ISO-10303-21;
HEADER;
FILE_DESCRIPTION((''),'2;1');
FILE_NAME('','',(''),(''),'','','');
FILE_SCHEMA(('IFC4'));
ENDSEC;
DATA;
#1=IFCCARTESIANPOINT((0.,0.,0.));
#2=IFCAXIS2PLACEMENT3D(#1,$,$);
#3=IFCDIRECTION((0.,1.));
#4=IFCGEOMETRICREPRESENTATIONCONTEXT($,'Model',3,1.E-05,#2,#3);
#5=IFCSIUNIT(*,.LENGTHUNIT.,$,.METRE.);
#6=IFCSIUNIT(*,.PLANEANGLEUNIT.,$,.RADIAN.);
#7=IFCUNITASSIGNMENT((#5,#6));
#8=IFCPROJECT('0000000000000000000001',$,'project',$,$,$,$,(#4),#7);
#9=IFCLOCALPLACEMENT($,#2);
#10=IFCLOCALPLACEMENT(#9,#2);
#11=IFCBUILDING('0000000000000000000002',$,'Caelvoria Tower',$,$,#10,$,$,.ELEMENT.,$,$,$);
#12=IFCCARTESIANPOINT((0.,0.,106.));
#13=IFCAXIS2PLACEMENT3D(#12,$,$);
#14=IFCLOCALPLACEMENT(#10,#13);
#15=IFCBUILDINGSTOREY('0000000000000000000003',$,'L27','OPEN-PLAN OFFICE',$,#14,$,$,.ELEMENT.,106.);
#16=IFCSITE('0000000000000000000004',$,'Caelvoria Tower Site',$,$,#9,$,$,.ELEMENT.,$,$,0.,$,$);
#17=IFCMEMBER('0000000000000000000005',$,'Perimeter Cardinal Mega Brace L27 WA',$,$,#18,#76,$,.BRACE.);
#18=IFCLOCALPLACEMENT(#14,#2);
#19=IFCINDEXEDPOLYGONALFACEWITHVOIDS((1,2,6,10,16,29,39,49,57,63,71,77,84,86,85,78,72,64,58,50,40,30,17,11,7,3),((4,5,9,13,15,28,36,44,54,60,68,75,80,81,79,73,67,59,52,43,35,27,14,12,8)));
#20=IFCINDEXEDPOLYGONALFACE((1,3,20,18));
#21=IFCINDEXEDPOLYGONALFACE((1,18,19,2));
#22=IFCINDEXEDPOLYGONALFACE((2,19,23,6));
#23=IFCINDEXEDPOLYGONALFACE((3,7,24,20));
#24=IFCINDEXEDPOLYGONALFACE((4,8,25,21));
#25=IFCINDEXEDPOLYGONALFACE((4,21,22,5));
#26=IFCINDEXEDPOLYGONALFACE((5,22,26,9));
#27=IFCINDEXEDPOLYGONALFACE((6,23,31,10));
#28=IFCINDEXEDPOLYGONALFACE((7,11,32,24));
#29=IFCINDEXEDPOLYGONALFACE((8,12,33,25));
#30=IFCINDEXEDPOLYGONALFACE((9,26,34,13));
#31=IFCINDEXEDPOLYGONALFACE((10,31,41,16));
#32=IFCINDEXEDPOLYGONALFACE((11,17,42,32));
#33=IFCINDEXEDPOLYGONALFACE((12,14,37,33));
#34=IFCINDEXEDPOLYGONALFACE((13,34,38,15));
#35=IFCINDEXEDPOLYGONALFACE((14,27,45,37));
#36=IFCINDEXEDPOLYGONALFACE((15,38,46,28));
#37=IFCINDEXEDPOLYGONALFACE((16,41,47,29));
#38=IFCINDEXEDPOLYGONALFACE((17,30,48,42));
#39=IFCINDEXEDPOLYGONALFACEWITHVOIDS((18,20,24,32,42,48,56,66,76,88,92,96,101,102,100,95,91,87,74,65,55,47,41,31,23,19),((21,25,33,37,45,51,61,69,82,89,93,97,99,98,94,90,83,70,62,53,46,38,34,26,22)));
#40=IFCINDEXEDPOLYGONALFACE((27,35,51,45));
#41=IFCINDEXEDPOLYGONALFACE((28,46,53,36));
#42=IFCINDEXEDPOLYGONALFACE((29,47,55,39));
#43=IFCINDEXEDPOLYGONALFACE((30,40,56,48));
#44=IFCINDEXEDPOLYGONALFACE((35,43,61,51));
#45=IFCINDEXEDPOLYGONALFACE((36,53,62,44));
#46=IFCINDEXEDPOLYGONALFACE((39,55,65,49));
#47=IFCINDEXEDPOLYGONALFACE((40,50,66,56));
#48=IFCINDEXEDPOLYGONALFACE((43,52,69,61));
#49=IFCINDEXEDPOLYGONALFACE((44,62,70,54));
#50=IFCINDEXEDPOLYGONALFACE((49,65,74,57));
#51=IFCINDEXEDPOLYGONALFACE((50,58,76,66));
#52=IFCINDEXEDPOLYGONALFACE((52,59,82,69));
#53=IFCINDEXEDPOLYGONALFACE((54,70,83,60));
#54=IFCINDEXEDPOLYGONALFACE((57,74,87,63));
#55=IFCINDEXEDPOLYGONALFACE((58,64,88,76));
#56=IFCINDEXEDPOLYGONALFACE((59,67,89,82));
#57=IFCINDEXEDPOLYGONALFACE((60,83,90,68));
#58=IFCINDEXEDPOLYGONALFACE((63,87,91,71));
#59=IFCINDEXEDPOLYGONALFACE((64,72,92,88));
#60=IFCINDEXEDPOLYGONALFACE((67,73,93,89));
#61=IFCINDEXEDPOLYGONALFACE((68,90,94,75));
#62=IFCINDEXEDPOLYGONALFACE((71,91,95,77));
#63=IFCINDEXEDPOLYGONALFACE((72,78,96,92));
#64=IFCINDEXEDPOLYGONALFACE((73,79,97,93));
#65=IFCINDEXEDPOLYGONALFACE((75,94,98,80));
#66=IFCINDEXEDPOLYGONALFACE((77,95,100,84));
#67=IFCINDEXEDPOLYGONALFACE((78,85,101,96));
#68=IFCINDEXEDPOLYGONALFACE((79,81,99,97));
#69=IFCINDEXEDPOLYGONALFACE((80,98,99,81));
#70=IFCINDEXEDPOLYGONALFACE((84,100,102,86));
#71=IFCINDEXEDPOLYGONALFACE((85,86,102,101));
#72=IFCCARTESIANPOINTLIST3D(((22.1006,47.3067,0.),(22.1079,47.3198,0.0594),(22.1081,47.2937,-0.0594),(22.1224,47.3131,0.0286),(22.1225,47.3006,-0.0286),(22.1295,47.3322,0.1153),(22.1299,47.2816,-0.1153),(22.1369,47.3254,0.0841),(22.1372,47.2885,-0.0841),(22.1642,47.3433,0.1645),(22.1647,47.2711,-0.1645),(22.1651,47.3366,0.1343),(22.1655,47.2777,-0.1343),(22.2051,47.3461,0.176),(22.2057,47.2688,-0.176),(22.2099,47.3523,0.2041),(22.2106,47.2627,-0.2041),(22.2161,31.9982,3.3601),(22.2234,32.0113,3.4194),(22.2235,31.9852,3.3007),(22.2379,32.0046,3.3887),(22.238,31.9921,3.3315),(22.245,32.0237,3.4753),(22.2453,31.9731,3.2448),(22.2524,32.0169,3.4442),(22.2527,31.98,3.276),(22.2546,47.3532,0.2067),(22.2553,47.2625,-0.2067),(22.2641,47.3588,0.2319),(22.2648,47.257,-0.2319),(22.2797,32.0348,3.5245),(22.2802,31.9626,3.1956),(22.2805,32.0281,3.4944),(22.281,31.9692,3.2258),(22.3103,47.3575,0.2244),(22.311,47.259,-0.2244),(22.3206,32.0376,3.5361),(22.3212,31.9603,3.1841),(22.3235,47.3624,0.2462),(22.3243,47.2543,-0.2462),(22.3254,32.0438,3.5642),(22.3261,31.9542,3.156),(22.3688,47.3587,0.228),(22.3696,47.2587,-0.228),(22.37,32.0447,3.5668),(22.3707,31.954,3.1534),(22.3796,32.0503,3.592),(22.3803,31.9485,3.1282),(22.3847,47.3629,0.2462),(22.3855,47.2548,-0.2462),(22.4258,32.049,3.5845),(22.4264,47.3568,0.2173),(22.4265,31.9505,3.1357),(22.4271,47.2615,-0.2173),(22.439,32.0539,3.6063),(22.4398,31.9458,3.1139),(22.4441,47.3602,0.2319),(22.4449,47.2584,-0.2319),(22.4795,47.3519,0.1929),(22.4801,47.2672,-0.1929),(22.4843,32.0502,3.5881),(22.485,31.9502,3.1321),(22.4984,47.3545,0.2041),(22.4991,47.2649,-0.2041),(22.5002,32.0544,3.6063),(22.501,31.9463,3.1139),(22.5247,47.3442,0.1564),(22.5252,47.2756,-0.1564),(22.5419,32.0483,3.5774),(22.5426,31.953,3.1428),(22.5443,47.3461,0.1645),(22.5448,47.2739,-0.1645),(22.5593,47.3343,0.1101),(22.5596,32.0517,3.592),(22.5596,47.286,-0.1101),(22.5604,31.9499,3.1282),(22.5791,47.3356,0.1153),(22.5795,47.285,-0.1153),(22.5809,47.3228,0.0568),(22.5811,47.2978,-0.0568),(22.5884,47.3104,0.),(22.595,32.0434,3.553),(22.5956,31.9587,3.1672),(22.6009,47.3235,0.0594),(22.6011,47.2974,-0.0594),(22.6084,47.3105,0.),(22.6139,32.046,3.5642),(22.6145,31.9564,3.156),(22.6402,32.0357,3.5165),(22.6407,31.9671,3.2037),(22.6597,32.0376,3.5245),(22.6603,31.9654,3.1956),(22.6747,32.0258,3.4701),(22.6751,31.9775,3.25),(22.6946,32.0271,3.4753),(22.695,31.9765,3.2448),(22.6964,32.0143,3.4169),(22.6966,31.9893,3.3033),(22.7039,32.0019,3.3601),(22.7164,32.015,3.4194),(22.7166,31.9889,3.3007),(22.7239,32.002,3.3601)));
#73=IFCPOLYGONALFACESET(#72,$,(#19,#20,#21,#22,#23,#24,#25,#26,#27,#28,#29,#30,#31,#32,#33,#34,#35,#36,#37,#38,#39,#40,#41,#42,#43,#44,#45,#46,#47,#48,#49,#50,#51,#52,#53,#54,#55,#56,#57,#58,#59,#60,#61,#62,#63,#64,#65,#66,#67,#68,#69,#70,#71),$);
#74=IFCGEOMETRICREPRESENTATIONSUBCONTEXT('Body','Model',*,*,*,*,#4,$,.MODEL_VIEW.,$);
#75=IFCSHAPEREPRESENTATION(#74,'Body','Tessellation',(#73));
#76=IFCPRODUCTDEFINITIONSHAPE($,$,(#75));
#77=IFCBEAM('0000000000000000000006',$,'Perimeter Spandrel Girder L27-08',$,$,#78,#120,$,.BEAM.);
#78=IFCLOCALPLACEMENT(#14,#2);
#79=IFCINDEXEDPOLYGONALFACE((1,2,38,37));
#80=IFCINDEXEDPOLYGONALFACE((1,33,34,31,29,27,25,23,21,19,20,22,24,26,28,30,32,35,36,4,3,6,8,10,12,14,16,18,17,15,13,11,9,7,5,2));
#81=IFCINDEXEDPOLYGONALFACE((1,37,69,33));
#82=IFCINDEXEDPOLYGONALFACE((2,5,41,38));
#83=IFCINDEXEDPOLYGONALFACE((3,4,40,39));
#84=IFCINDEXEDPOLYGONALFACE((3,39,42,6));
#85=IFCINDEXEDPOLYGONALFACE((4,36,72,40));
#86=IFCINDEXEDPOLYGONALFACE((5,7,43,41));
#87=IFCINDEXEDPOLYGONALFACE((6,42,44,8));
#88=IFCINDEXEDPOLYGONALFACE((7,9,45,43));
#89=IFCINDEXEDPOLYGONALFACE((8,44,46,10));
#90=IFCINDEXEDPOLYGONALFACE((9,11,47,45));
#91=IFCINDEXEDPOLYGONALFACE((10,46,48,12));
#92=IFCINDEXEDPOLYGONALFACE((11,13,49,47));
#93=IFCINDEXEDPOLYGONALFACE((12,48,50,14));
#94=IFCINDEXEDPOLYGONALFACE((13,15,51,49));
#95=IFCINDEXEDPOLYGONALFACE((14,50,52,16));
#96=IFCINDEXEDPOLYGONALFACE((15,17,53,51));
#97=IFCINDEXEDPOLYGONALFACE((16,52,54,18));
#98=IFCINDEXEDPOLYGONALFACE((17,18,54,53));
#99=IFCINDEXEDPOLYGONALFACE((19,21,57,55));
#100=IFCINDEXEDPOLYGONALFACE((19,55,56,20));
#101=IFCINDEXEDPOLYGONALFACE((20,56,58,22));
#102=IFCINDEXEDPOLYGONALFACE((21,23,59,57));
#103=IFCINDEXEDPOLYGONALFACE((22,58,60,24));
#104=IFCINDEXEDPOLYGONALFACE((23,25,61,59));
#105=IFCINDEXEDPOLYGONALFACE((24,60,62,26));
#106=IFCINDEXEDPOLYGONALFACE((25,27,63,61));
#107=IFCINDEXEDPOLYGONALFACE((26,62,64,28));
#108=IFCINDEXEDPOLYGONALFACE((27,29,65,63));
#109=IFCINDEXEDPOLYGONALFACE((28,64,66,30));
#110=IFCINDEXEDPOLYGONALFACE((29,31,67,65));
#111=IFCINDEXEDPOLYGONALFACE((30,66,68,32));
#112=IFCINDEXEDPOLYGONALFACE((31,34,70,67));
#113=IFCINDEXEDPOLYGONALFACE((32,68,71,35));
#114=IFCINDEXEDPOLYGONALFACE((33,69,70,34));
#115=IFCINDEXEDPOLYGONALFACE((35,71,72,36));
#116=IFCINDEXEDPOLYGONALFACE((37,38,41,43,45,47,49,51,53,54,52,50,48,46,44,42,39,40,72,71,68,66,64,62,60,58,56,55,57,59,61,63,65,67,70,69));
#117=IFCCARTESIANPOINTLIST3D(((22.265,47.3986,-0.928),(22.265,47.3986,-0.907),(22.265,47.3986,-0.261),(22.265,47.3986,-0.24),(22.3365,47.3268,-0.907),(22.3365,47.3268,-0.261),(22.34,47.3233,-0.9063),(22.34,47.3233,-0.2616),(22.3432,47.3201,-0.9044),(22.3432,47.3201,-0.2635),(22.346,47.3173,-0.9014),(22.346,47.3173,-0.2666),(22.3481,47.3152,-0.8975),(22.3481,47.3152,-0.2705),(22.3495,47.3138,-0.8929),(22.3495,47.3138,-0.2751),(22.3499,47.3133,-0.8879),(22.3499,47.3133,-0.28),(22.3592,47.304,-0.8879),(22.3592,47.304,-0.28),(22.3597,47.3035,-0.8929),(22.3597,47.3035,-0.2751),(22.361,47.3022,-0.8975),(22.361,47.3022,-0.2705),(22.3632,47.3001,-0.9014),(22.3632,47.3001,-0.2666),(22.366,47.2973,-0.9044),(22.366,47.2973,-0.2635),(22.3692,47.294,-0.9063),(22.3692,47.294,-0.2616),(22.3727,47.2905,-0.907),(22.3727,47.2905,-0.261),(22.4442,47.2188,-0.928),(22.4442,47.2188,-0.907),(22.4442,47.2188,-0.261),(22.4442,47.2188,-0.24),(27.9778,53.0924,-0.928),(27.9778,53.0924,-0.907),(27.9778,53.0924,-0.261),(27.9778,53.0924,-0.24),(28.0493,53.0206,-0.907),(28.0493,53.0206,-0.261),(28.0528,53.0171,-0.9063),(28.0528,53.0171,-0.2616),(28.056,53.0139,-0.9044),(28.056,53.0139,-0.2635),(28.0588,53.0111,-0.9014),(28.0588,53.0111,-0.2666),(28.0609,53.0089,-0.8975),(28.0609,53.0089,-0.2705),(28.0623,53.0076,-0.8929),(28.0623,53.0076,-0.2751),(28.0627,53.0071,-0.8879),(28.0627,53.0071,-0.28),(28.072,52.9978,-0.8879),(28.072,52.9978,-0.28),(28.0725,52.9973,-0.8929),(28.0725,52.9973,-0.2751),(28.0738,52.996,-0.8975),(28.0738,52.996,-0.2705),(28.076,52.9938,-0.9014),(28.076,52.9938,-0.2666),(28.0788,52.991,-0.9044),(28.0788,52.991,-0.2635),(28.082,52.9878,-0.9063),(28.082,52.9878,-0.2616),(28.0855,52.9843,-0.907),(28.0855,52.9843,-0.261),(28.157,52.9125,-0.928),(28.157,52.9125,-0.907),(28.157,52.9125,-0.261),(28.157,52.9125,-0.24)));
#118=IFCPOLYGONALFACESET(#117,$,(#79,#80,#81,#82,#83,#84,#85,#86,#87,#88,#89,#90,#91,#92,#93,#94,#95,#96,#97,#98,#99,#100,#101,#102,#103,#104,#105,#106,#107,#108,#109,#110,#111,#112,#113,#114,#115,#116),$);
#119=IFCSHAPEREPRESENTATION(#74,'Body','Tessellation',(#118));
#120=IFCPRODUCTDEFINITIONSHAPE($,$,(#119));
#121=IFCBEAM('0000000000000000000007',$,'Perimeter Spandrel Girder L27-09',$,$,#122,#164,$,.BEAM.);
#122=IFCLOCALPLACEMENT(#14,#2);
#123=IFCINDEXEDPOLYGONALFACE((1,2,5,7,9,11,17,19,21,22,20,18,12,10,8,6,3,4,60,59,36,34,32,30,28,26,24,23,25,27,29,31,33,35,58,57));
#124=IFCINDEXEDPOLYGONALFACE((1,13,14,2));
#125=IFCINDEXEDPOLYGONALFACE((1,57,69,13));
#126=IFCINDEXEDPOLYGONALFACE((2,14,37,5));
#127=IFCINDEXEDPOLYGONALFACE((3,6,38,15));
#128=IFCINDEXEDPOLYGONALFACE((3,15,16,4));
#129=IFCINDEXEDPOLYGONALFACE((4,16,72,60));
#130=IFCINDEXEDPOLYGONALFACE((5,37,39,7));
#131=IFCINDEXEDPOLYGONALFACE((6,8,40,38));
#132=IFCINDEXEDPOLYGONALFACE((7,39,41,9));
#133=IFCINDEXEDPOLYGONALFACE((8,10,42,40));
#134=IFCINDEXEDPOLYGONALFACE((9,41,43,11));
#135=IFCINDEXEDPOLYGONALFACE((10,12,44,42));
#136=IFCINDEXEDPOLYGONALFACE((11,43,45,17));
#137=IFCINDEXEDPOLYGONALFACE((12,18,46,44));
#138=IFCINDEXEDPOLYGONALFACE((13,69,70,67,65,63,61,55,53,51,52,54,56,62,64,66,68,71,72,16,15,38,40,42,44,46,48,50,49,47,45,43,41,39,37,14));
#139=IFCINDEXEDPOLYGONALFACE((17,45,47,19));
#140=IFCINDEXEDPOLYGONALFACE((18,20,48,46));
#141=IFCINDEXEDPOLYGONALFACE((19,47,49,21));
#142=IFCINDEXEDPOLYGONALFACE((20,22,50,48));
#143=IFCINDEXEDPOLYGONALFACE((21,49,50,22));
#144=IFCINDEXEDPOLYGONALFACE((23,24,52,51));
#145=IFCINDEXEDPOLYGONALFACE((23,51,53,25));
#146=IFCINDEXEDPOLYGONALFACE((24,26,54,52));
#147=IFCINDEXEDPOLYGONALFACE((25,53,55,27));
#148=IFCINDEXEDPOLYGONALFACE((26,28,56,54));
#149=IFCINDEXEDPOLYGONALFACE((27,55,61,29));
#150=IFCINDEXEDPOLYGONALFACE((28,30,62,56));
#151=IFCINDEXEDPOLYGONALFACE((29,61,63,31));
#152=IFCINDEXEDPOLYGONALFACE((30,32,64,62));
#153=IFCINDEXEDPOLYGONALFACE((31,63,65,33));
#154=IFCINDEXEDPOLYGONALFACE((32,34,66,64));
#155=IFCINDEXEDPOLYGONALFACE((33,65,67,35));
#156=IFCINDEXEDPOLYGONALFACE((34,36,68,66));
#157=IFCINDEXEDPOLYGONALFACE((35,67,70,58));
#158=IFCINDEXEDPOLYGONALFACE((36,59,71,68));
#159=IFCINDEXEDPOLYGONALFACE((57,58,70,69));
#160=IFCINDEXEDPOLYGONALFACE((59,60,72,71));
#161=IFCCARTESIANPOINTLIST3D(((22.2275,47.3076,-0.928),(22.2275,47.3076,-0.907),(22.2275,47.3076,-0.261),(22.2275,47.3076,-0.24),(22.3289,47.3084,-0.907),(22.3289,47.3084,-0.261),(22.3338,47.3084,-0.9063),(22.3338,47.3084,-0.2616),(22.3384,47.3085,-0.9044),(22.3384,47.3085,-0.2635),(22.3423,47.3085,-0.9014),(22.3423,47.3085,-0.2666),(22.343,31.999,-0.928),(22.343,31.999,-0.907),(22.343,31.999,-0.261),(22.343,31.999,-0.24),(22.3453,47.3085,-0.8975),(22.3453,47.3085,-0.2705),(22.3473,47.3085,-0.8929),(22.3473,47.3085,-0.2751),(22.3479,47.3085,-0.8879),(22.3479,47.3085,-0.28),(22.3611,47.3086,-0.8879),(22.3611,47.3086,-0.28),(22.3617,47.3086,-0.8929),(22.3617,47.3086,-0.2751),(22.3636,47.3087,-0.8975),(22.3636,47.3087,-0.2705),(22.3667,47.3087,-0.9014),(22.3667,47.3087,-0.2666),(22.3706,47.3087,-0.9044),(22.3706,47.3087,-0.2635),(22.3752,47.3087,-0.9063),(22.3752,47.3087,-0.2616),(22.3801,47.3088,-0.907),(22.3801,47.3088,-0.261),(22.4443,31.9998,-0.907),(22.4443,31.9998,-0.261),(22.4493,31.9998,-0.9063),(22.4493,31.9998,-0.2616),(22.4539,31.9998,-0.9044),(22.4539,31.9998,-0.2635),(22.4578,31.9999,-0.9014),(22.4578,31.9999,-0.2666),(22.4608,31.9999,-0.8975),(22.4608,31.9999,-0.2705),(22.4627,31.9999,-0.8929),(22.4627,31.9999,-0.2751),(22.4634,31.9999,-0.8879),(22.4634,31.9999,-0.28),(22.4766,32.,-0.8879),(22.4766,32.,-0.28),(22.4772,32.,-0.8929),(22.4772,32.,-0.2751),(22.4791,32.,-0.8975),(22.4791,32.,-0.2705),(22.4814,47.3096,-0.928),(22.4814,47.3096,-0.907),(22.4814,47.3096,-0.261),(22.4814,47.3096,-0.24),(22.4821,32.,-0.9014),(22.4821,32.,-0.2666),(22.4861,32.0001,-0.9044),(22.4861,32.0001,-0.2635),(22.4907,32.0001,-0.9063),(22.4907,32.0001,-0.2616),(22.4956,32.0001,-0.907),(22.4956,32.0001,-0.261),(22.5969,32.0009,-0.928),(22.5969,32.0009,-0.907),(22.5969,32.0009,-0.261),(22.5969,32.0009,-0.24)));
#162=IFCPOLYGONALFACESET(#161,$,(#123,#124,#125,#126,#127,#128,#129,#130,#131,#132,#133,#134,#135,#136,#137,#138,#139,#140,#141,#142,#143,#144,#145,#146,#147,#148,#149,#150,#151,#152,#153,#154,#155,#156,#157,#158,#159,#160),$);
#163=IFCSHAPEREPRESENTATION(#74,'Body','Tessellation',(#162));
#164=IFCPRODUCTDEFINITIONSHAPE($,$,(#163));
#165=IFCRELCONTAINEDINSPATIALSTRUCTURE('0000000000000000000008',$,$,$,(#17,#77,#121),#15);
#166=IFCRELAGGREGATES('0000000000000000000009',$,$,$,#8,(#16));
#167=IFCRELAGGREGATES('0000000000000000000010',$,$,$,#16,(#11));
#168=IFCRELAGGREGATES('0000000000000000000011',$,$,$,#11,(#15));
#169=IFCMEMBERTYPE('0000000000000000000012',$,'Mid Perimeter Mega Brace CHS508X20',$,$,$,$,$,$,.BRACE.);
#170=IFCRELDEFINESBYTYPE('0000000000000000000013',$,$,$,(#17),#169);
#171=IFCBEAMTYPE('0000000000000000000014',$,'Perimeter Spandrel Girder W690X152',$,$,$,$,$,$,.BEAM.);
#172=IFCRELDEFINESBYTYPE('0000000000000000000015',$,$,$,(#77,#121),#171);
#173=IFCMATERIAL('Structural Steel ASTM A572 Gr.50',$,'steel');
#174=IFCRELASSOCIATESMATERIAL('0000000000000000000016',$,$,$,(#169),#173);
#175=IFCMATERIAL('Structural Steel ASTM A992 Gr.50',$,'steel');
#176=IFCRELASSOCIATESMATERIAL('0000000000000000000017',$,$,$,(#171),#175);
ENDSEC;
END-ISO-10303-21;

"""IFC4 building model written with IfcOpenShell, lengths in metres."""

from ifc_helpers import new_model, si_unit, direction, frame, origin, origin_2d, place, context, subcontext, project, spatial, hollow_circle, i_section, extrude, material, material_profile, profile_set, type_object, element, save


model = new_model("IFC4")

# Units and contexts
model_context = context("Model", 3, precision=1e-05, world=origin(), true_north=direction((0.0, 1.0)))
body_context = subcontext(model_context, "Body", "Model", "MODEL_VIEW")
ifc_project = project(units=[si_unit("LENGTHUNIT", "METRE"), si_unit("PLANEANGLEUNIT", "RADIAN")], contexts=[model_context])

# Site, building, storey
site_placement = place(None, origin())
site = spatial("IfcSite", under=ifc_project, at=site_placement, Name="Caelvoria Tower Site", CompositionType="ELEMENT", RefElevation=0.0)
building_placement = place(site_placement, origin())
building = spatial("IfcBuilding", under=site, at=building_placement, Name="Caelvoria Tower", CompositionType="ELEMENT")
storey_placement = place(building_placement, frame((0.0, 0.0, 106.0)))
storey = spatial("IfcBuildingStorey", under=building, at=storey_placement, Name="L27", Description="OPEN-PLAN OFFICE", CompositionType="ELEMENT", Elevation=106.0)

# Shared definitions
ifc_material_1 = material(Name="Structural Steel ASTM A572 Gr.50", Category="steel")

# Shared definitions
ifc_material_2 = material(Name="Structural Steel ASTM A992 Gr.50", Category="steel")

# Member
ifc_material_profile_1 = material_profile(ifc_material_1, hollow_circle(Radius=0.2539, WallThickness=0.02, at=origin_2d()), Name="Structural Steel ASTM A572 Gr.50")
ifc_profile_set_1 = profile_set([ifc_material_profile_1], Name="CHS508X20 - Structural Steel ASTM A572 Gr.50")
member_type = type_object("IfcMemberType", Name="Mid Perimeter Mega Brace CHS508X20", PredefinedType="BRACE", material=ifc_profile_set_1)
member_1_placement = place(storey_placement, frame((22.3545, 47.3086, 0.0), z_axis=(0.007368, -0.976722, 0.214382), x_axis=(0.999972, 0.007543, 0.0)))
element("IfcMember", 1, at=member_1_placement, inside=storey, type_object=member_type, Name="Perimeter Cardinal Mega Brace L27 WA", PredefinedType="BRACE", context=body_context, shape_type="SweptSolid", body=[
    extrude(hollow_circle(Radius=0.2539, WallThickness=0.02, at=origin_2d()), origin(), (0.0, 0.0, 1.0), 15.6733),
])

# Beams
ifc_material_profile_2 = material_profile(ifc_material_2, i_section(OverallWidth=0.2539, OverallDepth=0.688, WebThickness=0.0132, FlangeThickness=0.021, FilletRadius=0.019, at=origin_2d()), Name="Structural Steel ASTM A992 Gr.50")
ifc_profile_set_2 = profile_set([ifc_material_profile_2], Name="W690X152 - Structural Steel ASTM A992 Gr.50")
beam_type_1 = type_object("IfcBeamType", Name="Perimeter Spandrel Girder W690X152", PredefinedType="BEAM", material=ifc_profile_set_2)
beam_1_placement = place(storey_placement, frame((28.0674, 53.0024, -0.584), z_axis=(-0.708286, -0.705925, 0.0), x_axis=(0.705925, -0.708286, 0.0)))
element("IfcBeam", 2, at=beam_1_placement, inside=storey, type_object=beam_type_1, Name="Perimeter Spandrel Girder L27-08", PredefinedType="BEAM", context=body_context, shape_type="SweptSolid", body=[
    extrude(i_section(OverallWidth=0.2539, OverallDepth=0.688, WebThickness=0.0132, FlangeThickness=0.021, FilletRadius=0.019, at=origin_2d()), origin(), (0.0, 0.0, 1.0), 8.0657),
])
beam_2_placement = place(storey_placement, frame((22.3545, 47.3086, -0.584), z_axis=(0.007543, -0.999972, 0.0), x_axis=(0.999972, 0.007543, 0.0)))
element("IfcBeam", 3, at=beam_2_placement, inside=storey, type_object=beam_type_1, Name="Perimeter Spandrel Girder L27-09", PredefinedType="BEAM", context=body_context, shape_type="SweptSolid", body=[
    extrude(i_section(OverallWidth=0.2539, OverallDepth=0.688, WebThickness=0.0132, FlangeThickness=0.021, FilletRadius=0.019, at=origin_2d()), origin(), (0.0, 0.0, 1.0), 15.3091),
])

save(model, "model.ifc")
